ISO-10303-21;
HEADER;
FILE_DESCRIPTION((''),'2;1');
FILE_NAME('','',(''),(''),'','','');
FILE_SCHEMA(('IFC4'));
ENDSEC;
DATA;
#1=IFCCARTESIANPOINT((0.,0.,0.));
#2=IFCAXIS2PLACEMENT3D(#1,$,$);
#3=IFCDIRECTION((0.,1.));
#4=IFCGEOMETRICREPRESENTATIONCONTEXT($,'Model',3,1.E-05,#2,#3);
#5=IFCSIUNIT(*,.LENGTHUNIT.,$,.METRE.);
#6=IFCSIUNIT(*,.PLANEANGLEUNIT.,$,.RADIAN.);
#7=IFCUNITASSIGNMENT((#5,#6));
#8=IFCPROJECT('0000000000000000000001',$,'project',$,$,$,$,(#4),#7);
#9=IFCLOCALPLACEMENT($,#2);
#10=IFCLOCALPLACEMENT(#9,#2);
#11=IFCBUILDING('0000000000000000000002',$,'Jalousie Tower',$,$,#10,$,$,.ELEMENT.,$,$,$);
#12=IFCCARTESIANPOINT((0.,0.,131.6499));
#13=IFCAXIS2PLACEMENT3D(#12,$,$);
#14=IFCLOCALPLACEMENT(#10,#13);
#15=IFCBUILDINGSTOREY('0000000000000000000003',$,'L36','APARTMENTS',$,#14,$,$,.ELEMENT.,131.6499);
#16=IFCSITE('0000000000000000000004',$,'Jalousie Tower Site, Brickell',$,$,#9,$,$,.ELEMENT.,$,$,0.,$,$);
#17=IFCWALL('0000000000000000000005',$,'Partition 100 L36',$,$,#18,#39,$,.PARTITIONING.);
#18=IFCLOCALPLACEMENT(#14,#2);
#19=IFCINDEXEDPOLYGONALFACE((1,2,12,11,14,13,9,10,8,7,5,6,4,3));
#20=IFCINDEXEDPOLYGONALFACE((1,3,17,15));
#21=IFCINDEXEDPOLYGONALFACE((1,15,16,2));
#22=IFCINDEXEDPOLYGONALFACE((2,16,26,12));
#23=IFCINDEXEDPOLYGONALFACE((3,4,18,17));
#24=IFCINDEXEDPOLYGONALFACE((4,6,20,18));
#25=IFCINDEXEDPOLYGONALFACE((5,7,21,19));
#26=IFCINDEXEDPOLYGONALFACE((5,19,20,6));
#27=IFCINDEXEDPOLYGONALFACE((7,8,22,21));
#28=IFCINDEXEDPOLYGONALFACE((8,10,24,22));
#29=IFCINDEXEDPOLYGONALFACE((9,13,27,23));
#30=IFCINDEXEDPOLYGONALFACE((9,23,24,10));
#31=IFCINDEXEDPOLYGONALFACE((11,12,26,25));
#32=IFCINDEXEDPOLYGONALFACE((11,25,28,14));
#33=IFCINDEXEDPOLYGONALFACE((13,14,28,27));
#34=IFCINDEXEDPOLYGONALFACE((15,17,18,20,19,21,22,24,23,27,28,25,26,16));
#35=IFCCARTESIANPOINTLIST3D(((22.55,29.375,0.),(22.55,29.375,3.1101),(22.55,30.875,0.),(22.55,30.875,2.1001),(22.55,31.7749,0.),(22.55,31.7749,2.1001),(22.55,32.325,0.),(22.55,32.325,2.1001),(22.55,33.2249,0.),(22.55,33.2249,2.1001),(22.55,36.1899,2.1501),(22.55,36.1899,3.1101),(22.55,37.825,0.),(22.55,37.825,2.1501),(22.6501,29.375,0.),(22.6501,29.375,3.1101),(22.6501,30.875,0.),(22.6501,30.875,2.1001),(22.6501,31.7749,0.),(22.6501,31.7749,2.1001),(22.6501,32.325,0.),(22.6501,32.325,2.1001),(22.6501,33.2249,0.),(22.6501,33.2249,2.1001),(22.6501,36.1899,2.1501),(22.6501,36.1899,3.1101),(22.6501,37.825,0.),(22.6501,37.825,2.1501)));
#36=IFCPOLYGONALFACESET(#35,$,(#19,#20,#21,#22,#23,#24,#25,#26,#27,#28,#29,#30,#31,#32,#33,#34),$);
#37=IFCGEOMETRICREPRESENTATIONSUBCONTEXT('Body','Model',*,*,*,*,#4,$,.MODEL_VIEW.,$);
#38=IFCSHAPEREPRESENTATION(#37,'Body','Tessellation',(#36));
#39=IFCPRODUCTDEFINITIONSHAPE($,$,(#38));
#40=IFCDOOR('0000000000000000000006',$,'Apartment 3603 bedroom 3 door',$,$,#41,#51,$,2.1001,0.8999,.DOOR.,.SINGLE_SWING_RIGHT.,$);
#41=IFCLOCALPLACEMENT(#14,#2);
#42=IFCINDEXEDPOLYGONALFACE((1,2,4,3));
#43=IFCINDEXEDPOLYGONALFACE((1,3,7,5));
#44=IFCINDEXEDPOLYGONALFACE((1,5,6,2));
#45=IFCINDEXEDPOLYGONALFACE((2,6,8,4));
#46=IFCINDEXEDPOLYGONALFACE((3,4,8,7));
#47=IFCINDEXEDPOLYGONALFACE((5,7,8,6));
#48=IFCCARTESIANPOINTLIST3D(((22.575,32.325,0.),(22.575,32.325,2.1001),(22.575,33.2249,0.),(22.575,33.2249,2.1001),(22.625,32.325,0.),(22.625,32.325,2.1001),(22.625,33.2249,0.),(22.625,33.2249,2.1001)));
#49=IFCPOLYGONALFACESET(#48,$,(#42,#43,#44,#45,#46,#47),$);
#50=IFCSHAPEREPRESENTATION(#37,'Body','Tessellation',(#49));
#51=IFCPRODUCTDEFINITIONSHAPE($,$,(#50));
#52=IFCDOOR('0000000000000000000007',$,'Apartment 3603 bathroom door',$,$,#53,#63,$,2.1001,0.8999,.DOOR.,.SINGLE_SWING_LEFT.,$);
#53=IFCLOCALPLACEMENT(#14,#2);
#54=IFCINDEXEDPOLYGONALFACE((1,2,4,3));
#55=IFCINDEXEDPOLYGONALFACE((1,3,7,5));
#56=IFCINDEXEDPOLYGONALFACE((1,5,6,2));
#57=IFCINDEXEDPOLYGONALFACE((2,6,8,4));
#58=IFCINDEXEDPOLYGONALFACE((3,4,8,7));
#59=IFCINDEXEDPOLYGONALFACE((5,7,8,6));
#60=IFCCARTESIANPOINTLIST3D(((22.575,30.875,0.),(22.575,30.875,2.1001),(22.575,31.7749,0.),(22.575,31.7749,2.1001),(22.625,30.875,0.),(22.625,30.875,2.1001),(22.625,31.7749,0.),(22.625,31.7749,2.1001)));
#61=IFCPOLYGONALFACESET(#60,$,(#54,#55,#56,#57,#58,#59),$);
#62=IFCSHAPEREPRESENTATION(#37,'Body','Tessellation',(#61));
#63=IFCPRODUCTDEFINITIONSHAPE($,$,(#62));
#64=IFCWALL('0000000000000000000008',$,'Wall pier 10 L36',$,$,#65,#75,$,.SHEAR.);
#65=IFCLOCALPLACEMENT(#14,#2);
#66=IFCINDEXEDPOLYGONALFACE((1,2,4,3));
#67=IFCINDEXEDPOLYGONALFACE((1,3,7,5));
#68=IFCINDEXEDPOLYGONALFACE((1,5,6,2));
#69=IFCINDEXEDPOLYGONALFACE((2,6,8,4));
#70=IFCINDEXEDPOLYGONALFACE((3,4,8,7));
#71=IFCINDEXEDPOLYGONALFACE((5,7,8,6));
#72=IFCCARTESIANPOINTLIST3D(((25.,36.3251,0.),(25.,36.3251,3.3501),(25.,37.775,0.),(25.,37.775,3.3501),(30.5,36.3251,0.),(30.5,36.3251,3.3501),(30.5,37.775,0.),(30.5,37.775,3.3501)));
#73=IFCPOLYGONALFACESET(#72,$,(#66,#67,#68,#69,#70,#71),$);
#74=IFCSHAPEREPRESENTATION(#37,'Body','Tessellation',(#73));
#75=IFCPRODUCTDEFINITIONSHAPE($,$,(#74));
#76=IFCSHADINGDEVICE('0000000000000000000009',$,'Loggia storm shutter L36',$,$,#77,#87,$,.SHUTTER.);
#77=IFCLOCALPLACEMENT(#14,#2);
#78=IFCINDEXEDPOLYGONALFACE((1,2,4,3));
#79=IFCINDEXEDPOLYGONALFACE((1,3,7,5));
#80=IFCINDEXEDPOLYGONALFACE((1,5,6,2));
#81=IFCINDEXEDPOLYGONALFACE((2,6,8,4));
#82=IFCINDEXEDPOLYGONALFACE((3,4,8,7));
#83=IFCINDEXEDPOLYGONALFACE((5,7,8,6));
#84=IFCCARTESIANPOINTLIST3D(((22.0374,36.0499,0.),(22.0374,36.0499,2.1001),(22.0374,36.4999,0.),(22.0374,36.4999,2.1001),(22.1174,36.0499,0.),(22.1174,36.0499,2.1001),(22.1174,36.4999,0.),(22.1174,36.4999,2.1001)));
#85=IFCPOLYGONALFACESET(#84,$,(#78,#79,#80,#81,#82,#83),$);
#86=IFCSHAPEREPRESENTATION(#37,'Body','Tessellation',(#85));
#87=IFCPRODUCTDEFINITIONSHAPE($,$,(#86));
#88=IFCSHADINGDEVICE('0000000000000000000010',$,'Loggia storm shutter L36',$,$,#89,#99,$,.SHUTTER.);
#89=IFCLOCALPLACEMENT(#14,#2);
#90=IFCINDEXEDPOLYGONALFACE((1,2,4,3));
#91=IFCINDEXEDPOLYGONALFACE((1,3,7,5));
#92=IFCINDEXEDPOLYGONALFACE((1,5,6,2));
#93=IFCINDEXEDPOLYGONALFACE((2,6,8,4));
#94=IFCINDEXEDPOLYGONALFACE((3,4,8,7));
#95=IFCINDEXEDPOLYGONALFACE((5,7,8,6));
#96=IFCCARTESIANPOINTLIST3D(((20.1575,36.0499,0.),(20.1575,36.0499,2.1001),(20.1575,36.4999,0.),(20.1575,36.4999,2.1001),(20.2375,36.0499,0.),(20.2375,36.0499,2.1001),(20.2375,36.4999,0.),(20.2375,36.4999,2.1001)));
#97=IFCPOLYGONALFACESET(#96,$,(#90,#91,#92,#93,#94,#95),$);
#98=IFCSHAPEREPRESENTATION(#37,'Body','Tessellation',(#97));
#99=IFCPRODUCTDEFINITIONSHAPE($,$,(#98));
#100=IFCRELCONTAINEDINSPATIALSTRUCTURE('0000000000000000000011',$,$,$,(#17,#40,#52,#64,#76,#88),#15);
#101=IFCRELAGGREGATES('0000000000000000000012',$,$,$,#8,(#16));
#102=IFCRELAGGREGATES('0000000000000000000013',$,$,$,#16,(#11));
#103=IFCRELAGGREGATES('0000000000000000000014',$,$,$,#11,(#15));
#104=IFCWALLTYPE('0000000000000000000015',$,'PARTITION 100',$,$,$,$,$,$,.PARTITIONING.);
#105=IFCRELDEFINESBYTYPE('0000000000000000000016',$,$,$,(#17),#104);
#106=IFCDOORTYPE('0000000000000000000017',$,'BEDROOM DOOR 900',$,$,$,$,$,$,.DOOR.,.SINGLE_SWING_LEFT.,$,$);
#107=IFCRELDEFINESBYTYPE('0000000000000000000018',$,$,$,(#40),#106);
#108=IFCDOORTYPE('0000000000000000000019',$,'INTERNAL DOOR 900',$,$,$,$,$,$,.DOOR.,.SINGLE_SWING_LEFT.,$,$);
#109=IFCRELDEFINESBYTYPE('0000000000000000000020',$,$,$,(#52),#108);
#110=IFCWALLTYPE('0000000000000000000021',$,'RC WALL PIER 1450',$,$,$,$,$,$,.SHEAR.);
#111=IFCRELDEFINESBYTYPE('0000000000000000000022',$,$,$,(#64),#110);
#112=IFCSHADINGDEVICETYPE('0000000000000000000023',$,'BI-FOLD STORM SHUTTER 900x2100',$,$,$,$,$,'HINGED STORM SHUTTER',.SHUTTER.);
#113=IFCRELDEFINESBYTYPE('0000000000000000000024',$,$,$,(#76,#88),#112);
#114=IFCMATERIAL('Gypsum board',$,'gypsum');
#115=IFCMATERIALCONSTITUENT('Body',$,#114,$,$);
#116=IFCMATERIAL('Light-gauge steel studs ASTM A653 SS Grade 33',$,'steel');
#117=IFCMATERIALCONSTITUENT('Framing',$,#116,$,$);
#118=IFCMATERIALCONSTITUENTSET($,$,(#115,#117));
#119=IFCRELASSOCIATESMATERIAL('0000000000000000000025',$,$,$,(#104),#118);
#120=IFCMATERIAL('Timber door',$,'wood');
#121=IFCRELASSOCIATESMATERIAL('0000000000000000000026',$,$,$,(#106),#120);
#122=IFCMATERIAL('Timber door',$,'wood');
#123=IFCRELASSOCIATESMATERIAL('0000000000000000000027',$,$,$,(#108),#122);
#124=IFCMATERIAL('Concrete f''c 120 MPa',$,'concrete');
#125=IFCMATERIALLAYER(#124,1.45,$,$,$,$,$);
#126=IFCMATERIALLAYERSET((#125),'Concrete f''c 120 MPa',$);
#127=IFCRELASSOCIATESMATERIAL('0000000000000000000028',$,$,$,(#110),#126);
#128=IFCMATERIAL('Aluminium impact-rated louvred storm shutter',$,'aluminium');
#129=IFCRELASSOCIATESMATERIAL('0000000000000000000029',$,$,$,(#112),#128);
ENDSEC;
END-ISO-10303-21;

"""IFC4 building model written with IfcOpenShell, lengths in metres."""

from ifc_helpers import new_model, si_unit, direction, frame, frame_2d, origin, origin_2d, place, context, subcontext, project, spatial, polyline, rectangle, outline, extrude, material, layer, layer_set, constituent, constituent_set, type_object, element, fill, save


model = new_model("IFC4")

# Units and contexts
model_context = context("Model", 3, precision=1e-05, world=origin(), true_north=direction((0.0, 1.0)))
body_context = subcontext(model_context, "Body", "Model", "MODEL_VIEW")
ifc_project = project(units=[si_unit("LENGTHUNIT", "METRE"), si_unit("PLANEANGLEUNIT", "RADIAN")], contexts=[model_context])

# Site, building, storey
site_placement = place(None, origin())
site = spatial("IfcSite", under=ifc_project, at=site_placement, Name="Jalousie Tower Site, Brickell", CompositionType="ELEMENT", RefElevation=0.0)
building_placement = place(site_placement, origin())
building = spatial("IfcBuilding", under=site, at=building_placement, Name="Jalousie Tower", CompositionType="ELEMENT")
storey_placement = place(building_placement, frame((0.0, 0.0, 131.6499)))
storey = spatial("IfcBuildingStorey", under=building, at=storey_placement, Name="L36", Description="APARTMENTS", CompositionType="ELEMENT", Elevation=131.6499)

# Wall, openings, doors
ifc_material_1 = material(Name="Gypsum board", Category="gypsum")
ifc_constituent_1 = constituent(ifc_material_1, Name="Body")
ifc_material_2 = material(Name="Light-gauge steel studs ASTM A653 SS Grade 33", Category="steel")
ifc_constituent_2 = constituent(ifc_material_2, Name="Framing")
ifc_constituent_set_1 = constituent_set(constituents=[ifc_constituent_1, ifc_constituent_2])
wall_type_1 = type_object("IfcWallType", Name="PARTITION 100", PredefinedType="PARTITIONING", material=ifc_constituent_set_1)
wall_1_placement = place(storey_placement, frame((22.6001, 37.825, 0.0), z_axis=(0.0, 0.0, 1.0), x_axis=(0.0, -1.0, 0.0)))
wall_1 = element("IfcWall", 1, at=wall_1_placement, inside=storey, type_object=wall_type_1, Name="Partition 100 L36", PredefinedType="PARTITIONING", context=body_context, shape_type="SweptSolid", body=[
    extrude(outline(polyline([(0.0, 0.0), (8.45, 0.0), (8.45, 3.1101), (1.635, 3.1101), (1.635, 2.1501), (0.0, 2.1501), (0.0, 3.1101), (0.0, 0.0)])), frame((0.0, 0.05, 0.0), z_axis=(0.0, -1.0, 0.0), x_axis=(1.0, 0.0, 0.0)), (0.0, 0.0, 1.0), 0.1001),
])
opening_1_placement = place(wall_1_placement, frame((4.6001, 0.0, 0.0)))
opening_1 = element("IfcOpeningElement", 2, at=opening_1_placement, cuts=wall_1, PredefinedType="OPENING", context=body_context, shape_type="SweptSolid", body=[
    extrude(rectangle(XDim=0.8999, YDim=2.1001, at=frame_2d((0.45, 1.05))), frame((0.0, 0.0601, 0.0), z_axis=(0.0, -1.0, 0.0), x_axis=(1.0, 0.0, 0.0)), (0.0, 0.0, 1.0), 0.1201),
])
opening_2_placement = place(wall_1_placement, frame((6.05, 0.0, 0.0)))
opening_2 = element("IfcOpeningElement", 3, at=opening_2_placement, cuts=wall_1, PredefinedType="OPENING", context=body_context, shape_type="SweptSolid", body=[
    extrude(rectangle(XDim=0.8999, YDim=2.1001, at=frame_2d((0.45, 1.05))), frame((0.0, 0.0601, 0.0), z_axis=(0.0, -1.0, 0.0), x_axis=(1.0, 0.0, 0.0)), (0.0, 0.0, 1.0), 0.1201),
])
ifc_material_3 = material(Name="Timber door", Category="wood")
door_type_1 = type_object("IfcDoorType", Name="BEDROOM DOOR 900", OperationType="SINGLE_SWING_LEFT", PredefinedType="DOOR", material=ifc_material_3)
door_1_placement = place(opening_1_placement, origin())
door_1 = element("IfcDoor", 4, at=door_1_placement, inside=storey, type_object=door_type_1, Name="Apartment 3603 bedroom 3 door", OperationType="SINGLE_SWING_RIGHT", OverallHeight=2.1001, OverallWidth=0.8999, PredefinedType="DOOR", context=body_context, shape_type="SweptSolid", body=[
    extrude(rectangle(XDim=0.8999, YDim=2.1001, at=frame_2d((0.45, 1.05))), frame((0.0, 0.0249, 0.0), z_axis=(0.0, -1.0, 0.0), x_axis=(1.0, 0.0, 0.0)), (0.0, 0.0, 1.0), 0.05),
])
fill(opening_1, door_1)
ifc_material_4 = material(Name="Timber door", Category="wood")
door_type_2 = type_object("IfcDoorType", Name="INTERNAL DOOR 900", OperationType="SINGLE_SWING_LEFT", PredefinedType="DOOR", material=ifc_material_4)
door_2_placement = place(opening_2_placement, origin())
door_2 = element("IfcDoor", 5, at=door_2_placement, inside=storey, type_object=door_type_2, Name="Apartment 3603 bathroom door", OperationType="SINGLE_SWING_LEFT", OverallHeight=2.1001, OverallWidth=0.8999, PredefinedType="DOOR", context=body_context, shape_type="SweptSolid", body=[
    extrude(rectangle(XDim=0.8999, YDim=2.1001, at=frame_2d((0.45, 1.05))), frame((0.0, 0.0249, 0.0), z_axis=(0.0, -1.0, 0.0), x_axis=(1.0, 0.0, 0.0)), (0.0, 0.0, 1.0), 0.05),
])
fill(opening_2, door_2)

# Wall
ifc_material_5 = material(Name="Concrete f'c 120 MPa", Category="concrete")
ifc_layer_1 = layer(ifc_material_5, 1.45)
ifc_layer_set_1 = layer_set([ifc_layer_1], Name="Concrete f'c 120 MPa")
wall_type_2 = type_object("IfcWallType", Name="RC WALL PIER 1450", PredefinedType="SHEAR", material=ifc_layer_set_1)
wall_2_placement = place(storey_placement, frame((25.0, 37.05, 0.0), z_axis=(0.0, 0.0, 1.0), x_axis=(1.0, 0.0, 0.0)))
element("IfcWall", 6, at=wall_2_placement, inside=storey, type_object=wall_type_2, Name="Wall pier 10 L36", PredefinedType="SHEAR", context=body_context, shape_type="SweptSolid", body=[
    extrude(rectangle(XDim=5.5, YDim=1.45, at=frame_2d((2.75, 0.0))), origin(), (0.0, 0.0, 1.0), 3.3501),
])

# Shading devices
ifc_material_6 = material(Name="Aluminium impact-rated louvred storm shutter", Category="aluminium")
shading_device_type_1 = type_object("IfcShadingDeviceType", Name="BI-FOLD STORM SHUTTER 900x2100", ElementType="HINGED STORM SHUTTER", PredefinedType="SHUTTER", material=ifc_material_6)
for number, where, z_axis, x_axis, name in (
    (7, (22.0774, 36.2749, 0.0), (0.0, 0.0, 1.0), (0.0, -1.0, 0.0), "Loggia storm shutter L36"),
    (8, (20.1975, 36.2749, 0.0), (0.0, 0.0, 1.0), (0.0, -1.0, 0.0), "Loggia storm shutter L36"),
):
    element("IfcShadingDevice", number, at=place(storey_placement, frame(where, z_axis=z_axis, x_axis=x_axis)), inside=storey, type_object=shading_device_type_1, Name=name, PredefinedType="SHUTTER", context=body_context, shape_type="SweptSolid", body=[
        extrude(rectangle(XDim=0.45, YDim=0.0801, at=origin_2d()), origin(), (0.0, 0.0, 1.0), 2.1001),
    ])

save(model, "model.ifc")
